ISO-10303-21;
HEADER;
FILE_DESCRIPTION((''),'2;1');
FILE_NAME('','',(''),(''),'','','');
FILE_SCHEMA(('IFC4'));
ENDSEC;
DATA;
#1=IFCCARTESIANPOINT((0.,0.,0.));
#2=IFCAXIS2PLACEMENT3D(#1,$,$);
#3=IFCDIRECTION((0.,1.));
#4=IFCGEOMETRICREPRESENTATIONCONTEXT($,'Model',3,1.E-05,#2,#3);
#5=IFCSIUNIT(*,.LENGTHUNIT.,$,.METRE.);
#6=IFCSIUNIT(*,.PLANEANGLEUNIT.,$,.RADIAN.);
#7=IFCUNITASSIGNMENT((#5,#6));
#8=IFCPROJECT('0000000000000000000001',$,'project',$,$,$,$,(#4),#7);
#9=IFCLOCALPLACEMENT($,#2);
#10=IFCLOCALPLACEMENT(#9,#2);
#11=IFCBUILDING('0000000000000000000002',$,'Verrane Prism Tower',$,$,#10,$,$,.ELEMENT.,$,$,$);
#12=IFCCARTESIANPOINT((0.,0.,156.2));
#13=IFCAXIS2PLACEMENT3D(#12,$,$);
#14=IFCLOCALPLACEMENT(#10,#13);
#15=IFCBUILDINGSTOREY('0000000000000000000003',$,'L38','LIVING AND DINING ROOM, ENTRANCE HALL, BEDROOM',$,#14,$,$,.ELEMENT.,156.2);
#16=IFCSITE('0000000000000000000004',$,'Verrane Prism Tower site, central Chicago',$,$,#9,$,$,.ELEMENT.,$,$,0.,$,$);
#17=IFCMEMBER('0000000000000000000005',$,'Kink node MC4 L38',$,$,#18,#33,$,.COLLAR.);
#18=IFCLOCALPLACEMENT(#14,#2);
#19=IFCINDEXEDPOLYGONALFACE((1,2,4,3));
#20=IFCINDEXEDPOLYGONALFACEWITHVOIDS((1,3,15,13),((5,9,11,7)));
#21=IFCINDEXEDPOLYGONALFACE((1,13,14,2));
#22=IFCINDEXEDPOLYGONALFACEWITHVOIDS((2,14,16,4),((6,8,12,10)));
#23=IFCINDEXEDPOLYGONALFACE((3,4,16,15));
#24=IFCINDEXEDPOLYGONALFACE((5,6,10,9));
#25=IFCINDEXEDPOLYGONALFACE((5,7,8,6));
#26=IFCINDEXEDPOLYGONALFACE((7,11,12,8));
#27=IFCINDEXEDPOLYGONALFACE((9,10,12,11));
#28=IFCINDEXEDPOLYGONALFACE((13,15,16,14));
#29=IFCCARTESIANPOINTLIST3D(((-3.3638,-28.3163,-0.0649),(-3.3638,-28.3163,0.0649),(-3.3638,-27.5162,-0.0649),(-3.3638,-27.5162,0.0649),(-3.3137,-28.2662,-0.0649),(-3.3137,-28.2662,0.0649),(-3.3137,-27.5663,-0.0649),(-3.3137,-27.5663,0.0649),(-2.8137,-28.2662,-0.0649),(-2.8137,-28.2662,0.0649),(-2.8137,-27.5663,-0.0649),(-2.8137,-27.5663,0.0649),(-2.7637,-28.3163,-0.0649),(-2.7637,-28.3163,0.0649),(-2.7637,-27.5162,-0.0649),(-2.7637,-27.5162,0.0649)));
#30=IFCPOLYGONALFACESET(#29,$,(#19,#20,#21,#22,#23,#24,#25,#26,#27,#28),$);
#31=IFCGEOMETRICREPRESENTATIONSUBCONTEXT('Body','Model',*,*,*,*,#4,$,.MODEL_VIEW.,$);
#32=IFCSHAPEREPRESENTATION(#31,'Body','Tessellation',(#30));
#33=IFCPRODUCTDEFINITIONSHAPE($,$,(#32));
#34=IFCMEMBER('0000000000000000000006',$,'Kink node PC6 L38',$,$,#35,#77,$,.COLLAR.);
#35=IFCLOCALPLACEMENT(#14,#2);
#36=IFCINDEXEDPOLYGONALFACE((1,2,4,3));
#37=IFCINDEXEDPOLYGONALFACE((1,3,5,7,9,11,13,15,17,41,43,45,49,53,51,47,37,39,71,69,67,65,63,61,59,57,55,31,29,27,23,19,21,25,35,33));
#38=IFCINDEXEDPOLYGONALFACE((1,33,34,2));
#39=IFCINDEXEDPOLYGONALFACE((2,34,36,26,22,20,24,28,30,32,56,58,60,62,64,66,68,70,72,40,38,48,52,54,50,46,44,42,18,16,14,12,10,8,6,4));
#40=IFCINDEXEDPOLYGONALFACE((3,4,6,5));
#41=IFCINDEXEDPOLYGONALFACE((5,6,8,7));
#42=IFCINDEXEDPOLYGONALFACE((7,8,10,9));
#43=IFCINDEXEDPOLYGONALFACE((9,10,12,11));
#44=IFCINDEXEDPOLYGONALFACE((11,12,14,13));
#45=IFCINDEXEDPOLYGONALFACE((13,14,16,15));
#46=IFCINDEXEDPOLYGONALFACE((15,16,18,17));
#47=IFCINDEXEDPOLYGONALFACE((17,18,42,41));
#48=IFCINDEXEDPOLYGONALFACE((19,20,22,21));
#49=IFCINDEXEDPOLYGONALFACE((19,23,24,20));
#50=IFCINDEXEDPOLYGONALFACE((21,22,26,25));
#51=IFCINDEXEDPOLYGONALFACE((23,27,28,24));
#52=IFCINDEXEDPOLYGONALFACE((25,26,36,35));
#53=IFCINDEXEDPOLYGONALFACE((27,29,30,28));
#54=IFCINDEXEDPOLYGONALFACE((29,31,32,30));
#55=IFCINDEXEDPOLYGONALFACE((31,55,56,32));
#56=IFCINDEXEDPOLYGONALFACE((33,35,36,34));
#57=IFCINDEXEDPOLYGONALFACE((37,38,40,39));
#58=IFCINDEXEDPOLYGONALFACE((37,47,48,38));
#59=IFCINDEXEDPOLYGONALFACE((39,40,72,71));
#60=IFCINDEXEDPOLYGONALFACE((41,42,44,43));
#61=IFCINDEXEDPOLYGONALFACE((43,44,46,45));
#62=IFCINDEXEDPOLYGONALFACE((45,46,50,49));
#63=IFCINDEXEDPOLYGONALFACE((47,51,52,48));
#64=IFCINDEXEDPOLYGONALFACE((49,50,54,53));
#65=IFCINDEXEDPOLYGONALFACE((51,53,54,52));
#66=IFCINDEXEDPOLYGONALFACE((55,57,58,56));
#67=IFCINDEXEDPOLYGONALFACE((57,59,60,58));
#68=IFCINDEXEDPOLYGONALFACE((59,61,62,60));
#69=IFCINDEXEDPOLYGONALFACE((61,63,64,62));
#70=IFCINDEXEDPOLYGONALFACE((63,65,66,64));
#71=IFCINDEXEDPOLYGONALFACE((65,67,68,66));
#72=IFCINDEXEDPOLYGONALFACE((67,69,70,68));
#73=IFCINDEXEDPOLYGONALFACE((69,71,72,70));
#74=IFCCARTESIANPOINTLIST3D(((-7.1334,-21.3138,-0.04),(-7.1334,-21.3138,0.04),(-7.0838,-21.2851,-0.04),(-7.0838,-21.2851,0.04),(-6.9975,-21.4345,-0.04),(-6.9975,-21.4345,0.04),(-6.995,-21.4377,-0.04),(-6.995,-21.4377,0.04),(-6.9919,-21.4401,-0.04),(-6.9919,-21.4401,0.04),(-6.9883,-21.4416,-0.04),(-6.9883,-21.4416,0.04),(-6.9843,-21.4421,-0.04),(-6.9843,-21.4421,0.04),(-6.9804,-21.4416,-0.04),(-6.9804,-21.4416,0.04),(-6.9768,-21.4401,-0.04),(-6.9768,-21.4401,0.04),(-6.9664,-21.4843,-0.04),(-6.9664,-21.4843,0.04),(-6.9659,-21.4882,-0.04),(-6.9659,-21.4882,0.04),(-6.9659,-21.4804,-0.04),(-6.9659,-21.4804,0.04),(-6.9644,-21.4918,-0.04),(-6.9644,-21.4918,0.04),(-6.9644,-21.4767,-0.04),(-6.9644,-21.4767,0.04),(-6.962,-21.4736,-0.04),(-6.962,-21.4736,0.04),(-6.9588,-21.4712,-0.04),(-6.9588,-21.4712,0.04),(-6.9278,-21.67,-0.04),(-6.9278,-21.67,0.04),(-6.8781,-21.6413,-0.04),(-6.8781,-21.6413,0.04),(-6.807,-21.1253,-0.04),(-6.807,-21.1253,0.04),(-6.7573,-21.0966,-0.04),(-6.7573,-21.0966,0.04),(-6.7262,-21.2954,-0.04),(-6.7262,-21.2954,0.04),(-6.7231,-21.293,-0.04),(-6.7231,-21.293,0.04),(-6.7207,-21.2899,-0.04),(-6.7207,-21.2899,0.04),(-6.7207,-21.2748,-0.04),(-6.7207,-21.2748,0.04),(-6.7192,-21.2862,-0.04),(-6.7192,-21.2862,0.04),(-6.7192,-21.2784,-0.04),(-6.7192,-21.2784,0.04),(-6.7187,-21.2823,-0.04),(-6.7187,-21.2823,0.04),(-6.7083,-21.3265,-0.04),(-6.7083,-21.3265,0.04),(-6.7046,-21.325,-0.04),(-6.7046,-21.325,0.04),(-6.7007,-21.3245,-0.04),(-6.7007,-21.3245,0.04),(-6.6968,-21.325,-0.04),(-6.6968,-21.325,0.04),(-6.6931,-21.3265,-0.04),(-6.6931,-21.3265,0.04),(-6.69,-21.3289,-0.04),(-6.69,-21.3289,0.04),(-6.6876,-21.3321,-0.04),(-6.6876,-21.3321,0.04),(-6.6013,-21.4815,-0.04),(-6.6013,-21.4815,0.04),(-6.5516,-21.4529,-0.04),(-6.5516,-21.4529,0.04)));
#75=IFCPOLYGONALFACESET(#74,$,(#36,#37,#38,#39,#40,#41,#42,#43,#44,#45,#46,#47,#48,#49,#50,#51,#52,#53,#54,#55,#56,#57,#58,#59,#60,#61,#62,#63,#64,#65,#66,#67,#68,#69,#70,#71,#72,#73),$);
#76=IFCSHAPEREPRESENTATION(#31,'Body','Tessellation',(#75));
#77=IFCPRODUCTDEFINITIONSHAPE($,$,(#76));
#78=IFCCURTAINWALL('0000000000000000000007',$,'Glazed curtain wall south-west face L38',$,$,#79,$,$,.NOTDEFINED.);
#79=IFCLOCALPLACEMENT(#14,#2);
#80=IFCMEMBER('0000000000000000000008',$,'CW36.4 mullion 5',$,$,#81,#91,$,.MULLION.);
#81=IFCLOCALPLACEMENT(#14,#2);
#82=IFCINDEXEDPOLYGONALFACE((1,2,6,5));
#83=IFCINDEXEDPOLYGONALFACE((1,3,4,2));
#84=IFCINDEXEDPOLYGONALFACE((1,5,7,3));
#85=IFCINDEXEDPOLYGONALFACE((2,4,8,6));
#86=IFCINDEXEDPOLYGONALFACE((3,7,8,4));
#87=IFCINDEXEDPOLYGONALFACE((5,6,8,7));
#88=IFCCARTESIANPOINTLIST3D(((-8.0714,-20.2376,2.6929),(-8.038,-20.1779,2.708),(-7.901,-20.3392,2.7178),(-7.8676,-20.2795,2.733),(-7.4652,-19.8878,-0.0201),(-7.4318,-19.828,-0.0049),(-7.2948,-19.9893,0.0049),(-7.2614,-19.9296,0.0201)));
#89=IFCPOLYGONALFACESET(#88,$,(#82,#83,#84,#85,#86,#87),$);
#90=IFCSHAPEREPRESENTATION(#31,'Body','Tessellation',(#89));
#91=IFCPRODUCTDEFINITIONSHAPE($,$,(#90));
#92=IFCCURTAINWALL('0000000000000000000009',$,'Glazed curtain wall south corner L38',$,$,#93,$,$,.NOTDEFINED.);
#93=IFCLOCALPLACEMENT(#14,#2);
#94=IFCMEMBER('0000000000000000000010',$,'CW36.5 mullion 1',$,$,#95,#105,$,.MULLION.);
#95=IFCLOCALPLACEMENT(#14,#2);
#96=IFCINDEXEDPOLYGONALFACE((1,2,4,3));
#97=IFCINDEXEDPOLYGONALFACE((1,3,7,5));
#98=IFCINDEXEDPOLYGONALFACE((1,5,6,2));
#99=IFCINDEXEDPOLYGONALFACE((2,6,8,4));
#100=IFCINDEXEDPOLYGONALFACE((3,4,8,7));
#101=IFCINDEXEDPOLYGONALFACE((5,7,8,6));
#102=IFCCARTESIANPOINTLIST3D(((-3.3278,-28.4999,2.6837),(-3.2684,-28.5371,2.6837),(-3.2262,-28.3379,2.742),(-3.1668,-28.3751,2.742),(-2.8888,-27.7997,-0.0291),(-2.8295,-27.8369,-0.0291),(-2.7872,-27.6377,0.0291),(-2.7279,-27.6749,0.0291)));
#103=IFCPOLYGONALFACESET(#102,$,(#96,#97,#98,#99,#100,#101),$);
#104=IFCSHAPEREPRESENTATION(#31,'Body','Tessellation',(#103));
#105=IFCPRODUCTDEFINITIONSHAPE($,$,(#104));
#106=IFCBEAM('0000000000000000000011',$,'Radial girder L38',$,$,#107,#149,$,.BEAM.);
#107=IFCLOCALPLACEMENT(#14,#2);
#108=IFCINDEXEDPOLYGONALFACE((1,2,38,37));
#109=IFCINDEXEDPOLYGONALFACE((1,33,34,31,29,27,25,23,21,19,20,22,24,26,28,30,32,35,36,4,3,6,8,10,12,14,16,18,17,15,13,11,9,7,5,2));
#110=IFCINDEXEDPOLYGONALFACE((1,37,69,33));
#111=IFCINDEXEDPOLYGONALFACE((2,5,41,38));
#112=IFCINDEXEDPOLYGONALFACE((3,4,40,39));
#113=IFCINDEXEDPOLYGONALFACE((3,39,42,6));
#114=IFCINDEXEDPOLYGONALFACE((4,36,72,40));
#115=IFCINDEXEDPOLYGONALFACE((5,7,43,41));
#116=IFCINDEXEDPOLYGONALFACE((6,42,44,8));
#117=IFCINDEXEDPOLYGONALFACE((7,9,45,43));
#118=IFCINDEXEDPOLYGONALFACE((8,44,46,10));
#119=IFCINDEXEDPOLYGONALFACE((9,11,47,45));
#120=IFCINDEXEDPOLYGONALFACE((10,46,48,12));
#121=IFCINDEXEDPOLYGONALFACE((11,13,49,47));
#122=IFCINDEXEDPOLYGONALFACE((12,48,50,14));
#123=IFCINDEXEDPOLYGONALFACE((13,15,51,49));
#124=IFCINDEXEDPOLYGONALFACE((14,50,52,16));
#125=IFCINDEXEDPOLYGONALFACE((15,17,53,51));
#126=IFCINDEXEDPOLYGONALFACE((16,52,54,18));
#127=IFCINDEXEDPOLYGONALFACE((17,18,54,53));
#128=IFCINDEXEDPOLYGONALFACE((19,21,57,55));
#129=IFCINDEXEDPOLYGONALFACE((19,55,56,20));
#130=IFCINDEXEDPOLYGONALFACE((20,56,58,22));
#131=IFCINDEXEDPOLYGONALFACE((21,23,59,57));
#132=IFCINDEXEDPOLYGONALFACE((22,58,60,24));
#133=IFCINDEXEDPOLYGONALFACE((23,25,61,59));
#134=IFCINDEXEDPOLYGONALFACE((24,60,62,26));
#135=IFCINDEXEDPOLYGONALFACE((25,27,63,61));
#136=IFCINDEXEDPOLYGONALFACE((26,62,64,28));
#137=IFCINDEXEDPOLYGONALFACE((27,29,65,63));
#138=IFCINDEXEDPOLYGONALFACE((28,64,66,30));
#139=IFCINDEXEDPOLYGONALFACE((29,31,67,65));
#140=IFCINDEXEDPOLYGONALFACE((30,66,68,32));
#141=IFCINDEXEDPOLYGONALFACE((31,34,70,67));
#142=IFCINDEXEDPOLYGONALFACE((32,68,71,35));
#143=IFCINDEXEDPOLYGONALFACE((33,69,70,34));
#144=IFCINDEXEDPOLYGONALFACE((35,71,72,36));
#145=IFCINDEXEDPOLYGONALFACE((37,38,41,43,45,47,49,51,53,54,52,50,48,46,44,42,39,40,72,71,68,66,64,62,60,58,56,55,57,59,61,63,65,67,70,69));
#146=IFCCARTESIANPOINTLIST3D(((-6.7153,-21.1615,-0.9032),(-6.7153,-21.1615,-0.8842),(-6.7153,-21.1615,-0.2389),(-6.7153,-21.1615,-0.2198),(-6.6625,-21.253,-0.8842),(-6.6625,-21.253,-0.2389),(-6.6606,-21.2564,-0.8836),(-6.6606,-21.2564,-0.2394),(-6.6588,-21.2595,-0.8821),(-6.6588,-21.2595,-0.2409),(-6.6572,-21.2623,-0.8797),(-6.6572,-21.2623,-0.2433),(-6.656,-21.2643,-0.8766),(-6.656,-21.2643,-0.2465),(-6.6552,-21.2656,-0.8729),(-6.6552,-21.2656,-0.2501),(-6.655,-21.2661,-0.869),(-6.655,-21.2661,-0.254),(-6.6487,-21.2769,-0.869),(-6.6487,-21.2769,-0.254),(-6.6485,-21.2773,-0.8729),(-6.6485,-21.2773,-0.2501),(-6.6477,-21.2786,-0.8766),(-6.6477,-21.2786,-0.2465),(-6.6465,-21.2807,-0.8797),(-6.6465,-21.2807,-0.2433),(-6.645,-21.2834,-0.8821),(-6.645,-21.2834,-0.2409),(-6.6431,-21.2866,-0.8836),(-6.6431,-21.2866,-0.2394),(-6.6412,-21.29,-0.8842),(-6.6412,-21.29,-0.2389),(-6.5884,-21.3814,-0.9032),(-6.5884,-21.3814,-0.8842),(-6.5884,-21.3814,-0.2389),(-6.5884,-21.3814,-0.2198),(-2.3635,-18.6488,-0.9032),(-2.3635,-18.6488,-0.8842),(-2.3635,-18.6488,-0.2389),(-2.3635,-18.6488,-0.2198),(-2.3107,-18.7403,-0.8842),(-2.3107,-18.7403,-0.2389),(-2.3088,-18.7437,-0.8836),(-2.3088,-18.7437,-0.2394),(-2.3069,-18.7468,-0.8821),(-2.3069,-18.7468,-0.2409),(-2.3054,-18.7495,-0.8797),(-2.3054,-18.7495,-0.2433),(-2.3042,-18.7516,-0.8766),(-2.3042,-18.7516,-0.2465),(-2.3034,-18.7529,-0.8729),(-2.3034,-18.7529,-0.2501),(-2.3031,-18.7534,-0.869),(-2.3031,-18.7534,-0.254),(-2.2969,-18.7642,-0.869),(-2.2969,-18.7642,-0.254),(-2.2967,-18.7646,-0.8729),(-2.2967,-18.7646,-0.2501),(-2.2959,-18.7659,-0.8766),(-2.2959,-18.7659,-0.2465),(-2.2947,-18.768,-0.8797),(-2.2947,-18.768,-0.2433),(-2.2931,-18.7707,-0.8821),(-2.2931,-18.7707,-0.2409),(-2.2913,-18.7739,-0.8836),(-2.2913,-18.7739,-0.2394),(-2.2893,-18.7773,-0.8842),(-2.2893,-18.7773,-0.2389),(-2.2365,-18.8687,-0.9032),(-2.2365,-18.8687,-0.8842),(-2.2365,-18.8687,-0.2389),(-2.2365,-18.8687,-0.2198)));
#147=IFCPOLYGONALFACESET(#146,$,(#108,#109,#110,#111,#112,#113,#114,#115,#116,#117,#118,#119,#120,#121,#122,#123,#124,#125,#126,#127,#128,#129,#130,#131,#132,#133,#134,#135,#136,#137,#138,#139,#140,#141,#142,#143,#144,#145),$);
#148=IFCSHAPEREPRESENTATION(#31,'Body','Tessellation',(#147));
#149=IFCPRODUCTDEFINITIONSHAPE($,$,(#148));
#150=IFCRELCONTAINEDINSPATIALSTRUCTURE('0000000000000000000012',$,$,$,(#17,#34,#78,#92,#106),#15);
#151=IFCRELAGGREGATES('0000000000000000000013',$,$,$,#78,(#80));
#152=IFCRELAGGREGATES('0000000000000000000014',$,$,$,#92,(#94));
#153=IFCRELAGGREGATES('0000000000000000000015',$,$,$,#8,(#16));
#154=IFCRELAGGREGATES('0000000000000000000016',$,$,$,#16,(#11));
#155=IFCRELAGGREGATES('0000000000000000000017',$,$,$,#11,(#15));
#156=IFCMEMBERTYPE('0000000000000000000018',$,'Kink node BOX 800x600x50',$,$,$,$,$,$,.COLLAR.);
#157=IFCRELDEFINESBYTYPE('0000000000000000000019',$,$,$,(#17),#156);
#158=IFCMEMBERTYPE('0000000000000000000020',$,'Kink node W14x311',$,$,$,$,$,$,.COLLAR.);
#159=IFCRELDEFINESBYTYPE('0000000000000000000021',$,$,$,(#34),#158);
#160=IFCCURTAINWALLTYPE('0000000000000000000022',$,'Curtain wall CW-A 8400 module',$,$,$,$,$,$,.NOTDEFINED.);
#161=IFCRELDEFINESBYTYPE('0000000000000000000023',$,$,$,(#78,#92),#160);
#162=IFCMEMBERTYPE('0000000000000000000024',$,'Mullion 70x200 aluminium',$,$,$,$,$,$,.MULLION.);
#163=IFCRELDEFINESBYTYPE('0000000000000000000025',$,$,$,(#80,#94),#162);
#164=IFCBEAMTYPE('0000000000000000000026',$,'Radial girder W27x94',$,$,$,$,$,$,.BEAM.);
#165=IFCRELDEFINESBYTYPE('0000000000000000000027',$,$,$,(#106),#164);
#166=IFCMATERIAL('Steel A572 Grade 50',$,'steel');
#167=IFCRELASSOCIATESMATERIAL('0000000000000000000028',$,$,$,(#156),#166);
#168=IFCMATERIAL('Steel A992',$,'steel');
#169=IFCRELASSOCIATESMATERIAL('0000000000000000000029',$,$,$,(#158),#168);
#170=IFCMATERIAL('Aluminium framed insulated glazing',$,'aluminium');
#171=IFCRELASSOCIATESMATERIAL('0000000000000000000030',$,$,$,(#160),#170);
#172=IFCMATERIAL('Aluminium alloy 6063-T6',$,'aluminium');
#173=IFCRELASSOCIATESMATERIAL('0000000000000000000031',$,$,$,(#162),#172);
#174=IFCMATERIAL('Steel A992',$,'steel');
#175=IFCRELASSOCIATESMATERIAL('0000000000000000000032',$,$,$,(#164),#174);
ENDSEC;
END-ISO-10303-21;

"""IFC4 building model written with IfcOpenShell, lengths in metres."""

from ifc_helpers import new_model, si_unit, direction, frame, origin, origin_2d, place, context, subcontext, project, spatial, rectangle, hollow_rectangle, i_section, extrude, material, material_profile, profile_set, type_object, element, aggregate, save


model = new_model("IFC4")

# Units and contexts
model_context = context("Model", 3, precision=1e-05, world=origin(), true_north=direction((0.0, 1.0)))
body_context = subcontext(model_context, "Body", "Model", "MODEL_VIEW")
ifc_project = project(units=[si_unit("LENGTHUNIT", "METRE"), si_unit("PLANEANGLEUNIT", "RADIAN")], contexts=[model_context])

# Site, building, storey
site_placement = place(None, origin())
site = spatial("IfcSite", under=ifc_project, at=site_placement, Name="Verrane Prism Tower site, central Chicago", CompositionType="ELEMENT", RefElevation=0.0)
building_placement = place(site_placement, origin())
building = spatial("IfcBuilding", under=site, at=building_placement, Name="Verrane Prism Tower", CompositionType="ELEMENT")
storey_placement = place(building_placement, frame((0.0, 0.0, 156.2)))
storey = spatial("IfcBuildingStorey", under=building, at=storey_placement, Name="L38", Description="LIVING AND DINING ROOM, ENTRANCE HALL, BEDROOM", CompositionType="ELEMENT", Elevation=156.2)

# Members
ifc_material_1 = material(Name="Steel A572 Grade 50", Category="steel")
ifc_material_profile_1 = material_profile(ifc_material_1, hollow_rectangle(XDim=0.6001, YDim=0.8, WallThickness=0.05, at=origin_2d()), Name="BOX 800x600x50")
ifc_profile_set_1 = profile_set([ifc_material_profile_1], Name="Steel A572 Grade 50")
member_type_1 = type_object("IfcMemberType", Name="Kink node BOX 800x600x50", PredefinedType="COLLAR", material=ifc_profile_set_1)
member_1_placement = place(storey_placement, frame((-3.0637, -27.9163, -0.0649), z_axis=(0.0, 0.0, 1.0), x_axis=(-1.0, 0.0, 0.0)))
element("IfcMember", 1, at=member_1_placement, inside=storey, type_object=member_type_1, Name="Kink node MC4 L38", PredefinedType="COLLAR", context=body_context, shape_type="SweptSolid", body=[
    extrude(hollow_rectangle(XDim=0.6001, YDim=0.8, WallThickness=0.05, at=origin_2d()), origin(), (0.0, 0.0, 1.0), 0.1299),
])
ifc_material_2 = material(Name="Steel A992", Category="steel")
ifc_material_profile_2 = material_profile(ifc_material_2, i_section(OverallWidth=0.4114, OverallDepth=0.4343, WebThickness=0.0359, FlangeThickness=0.0574, FilletRadius=0.0151, at=origin_2d()), Name="W14x311")
ifc_profile_set_2 = profile_set([ifc_material_profile_2], Name="Steel A992")
member_type_2 = type_object("IfcMemberType", Name="Kink node W14x311", PredefinedType="COLLAR", material=ifc_profile_set_2)
member_2_placement = place(storey_placement, frame((-6.8425, -21.3833, -0.04), z_axis=(0.0, 0.0, 1.0), x_axis=(-0.5, 0.866025, 0.0)))
element("IfcMember", 2, at=member_2_placement, inside=storey, type_object=member_type_2, Name="Kink node PC6 L38", PredefinedType="COLLAR", context=body_context, shape_type="SweptSolid", body=[
    extrude(i_section(OverallWidth=0.4114, OverallDepth=0.4343, WebThickness=0.0359, FlangeThickness=0.0574, FilletRadius=0.0151, at=origin_2d()), origin(), (0.0, 0.0, 1.0), 0.0801),
])

# Curtain walls, members
ifc_material_3 = material(Name="Aluminium framed insulated glazing", Category="aluminium")
curtain_wall_type = type_object("IfcCurtainWallType", Name="Curtain wall CW-A 8400 module", PredefinedType="NOTDEFINED", material=ifc_material_3)
curtain_wall_1_placement = place(storey_placement, origin())
curtain_wall_1 = element("IfcCurtainWall", 3, at=curtain_wall_1_placement, inside=storey, type_object=curtain_wall_type, Name="Glazed curtain wall south-west face L38", PredefinedType="NOTDEFINED")
ifc_material_4 = material(Name="Aluminium alloy 6063-T6", Category="aluminium")
ifc_material_profile_3 = material_profile(ifc_material_4, rectangle(XDim=0.2, YDim=0.0701, at=origin_2d()), Name="Mullion 70x200 aluminium")
ifc_profile_set_3 = profile_set([ifc_material_profile_3], Name="Aluminium alloy 6063-T6")
member_type_3 = type_object("IfcMemberType", Name="Mullion 70x200 aluminium", PredefinedType="MULLION", material=ifc_profile_set_3)
member_3_placement = place(storey_placement, frame((-7.3633, -19.9087, 0.0), z_axis=(-0.216367, -0.124871, 0.968294), x_axis=(0.85221, -0.50807, 0.124908)))
member_3 = element("IfcMember", 4, at=member_3_placement, type_object=member_type_3, Name="CW36.4 mullion 5", PredefinedType="MULLION", context=body_context, shape_type="SweptSolid", body=[
    extrude(rectangle(XDim=0.2, YDim=0.0701, at=origin_2d()), origin(), (0.0, 0.0, 1.0), 2.8018),
])
curtain_wall_2_placement = place(storey_placement, origin())
curtain_wall_2 = element("IfcCurtainWall", 5, at=curtain_wall_2_placement, inside=storey, type_object=curtain_wall_type, Name="Glazed curtain wall south corner L38", PredefinedType="NOTDEFINED")
member_4_placement = place(storey_placement, frame((-2.8083, -27.7373, 0.0), z_axis=(-0.154785, -0.246898, 0.9566), x_axis=(0.508114, 0.810496, 0.291405)))
member_4 = element("IfcMember", 6, at=member_4_placement, type_object=member_type_3, Name="CW36.5 mullion 1", PredefinedType="MULLION", context=body_context, shape_type="SweptSolid", body=[
    extrude(rectangle(XDim=0.2, YDim=0.0701, at=origin_2d()), origin(), (0.0, 0.0, 1.0), 2.8359),
])

# Beam
ifc_material_5 = material(Name="Steel A992", Category="steel")
ifc_material_profile_4 = material_profile(ifc_material_5, i_section(OverallWidth=0.2539, OverallDepth=0.6833, WebThickness=0.0125, FlangeThickness=0.019, FilletRadius=0.0151, at=origin_2d()), Name="W27x94")
ifc_profile_set_4 = profile_set([ifc_material_profile_4], Name="Steel A992")
beam_type_1 = type_object("IfcBeamType", Name="Radial girder W27x94", PredefinedType="BEAM", material=ifc_profile_set_4)
beam_1_placement = place(storey_placement, frame((-6.6519, -21.2715, -0.5615), z_axis=(0.86601, 0.500027, 0.0), x_axis=(-0.500027, 0.86601, 0.0)))
element("IfcBeam", 7, at=beam_1_placement, inside=storey, type_object=beam_type_1, Name="Radial girder L38", PredefinedType="BEAM", context=body_context, shape_type="SweptSolid", body=[
    extrude(i_section(OverallWidth=0.2539, OverallDepth=0.6833, WebThickness=0.0125, FlangeThickness=0.019, FilletRadius=0.0151, at=origin_2d()), origin(), (0.0, 0.0, 1.0), 5.0251),
])

aggregate(curtain_wall_1, [member_3])
aggregate(curtain_wall_2, [member_4])

save(model, "model.ifc")
